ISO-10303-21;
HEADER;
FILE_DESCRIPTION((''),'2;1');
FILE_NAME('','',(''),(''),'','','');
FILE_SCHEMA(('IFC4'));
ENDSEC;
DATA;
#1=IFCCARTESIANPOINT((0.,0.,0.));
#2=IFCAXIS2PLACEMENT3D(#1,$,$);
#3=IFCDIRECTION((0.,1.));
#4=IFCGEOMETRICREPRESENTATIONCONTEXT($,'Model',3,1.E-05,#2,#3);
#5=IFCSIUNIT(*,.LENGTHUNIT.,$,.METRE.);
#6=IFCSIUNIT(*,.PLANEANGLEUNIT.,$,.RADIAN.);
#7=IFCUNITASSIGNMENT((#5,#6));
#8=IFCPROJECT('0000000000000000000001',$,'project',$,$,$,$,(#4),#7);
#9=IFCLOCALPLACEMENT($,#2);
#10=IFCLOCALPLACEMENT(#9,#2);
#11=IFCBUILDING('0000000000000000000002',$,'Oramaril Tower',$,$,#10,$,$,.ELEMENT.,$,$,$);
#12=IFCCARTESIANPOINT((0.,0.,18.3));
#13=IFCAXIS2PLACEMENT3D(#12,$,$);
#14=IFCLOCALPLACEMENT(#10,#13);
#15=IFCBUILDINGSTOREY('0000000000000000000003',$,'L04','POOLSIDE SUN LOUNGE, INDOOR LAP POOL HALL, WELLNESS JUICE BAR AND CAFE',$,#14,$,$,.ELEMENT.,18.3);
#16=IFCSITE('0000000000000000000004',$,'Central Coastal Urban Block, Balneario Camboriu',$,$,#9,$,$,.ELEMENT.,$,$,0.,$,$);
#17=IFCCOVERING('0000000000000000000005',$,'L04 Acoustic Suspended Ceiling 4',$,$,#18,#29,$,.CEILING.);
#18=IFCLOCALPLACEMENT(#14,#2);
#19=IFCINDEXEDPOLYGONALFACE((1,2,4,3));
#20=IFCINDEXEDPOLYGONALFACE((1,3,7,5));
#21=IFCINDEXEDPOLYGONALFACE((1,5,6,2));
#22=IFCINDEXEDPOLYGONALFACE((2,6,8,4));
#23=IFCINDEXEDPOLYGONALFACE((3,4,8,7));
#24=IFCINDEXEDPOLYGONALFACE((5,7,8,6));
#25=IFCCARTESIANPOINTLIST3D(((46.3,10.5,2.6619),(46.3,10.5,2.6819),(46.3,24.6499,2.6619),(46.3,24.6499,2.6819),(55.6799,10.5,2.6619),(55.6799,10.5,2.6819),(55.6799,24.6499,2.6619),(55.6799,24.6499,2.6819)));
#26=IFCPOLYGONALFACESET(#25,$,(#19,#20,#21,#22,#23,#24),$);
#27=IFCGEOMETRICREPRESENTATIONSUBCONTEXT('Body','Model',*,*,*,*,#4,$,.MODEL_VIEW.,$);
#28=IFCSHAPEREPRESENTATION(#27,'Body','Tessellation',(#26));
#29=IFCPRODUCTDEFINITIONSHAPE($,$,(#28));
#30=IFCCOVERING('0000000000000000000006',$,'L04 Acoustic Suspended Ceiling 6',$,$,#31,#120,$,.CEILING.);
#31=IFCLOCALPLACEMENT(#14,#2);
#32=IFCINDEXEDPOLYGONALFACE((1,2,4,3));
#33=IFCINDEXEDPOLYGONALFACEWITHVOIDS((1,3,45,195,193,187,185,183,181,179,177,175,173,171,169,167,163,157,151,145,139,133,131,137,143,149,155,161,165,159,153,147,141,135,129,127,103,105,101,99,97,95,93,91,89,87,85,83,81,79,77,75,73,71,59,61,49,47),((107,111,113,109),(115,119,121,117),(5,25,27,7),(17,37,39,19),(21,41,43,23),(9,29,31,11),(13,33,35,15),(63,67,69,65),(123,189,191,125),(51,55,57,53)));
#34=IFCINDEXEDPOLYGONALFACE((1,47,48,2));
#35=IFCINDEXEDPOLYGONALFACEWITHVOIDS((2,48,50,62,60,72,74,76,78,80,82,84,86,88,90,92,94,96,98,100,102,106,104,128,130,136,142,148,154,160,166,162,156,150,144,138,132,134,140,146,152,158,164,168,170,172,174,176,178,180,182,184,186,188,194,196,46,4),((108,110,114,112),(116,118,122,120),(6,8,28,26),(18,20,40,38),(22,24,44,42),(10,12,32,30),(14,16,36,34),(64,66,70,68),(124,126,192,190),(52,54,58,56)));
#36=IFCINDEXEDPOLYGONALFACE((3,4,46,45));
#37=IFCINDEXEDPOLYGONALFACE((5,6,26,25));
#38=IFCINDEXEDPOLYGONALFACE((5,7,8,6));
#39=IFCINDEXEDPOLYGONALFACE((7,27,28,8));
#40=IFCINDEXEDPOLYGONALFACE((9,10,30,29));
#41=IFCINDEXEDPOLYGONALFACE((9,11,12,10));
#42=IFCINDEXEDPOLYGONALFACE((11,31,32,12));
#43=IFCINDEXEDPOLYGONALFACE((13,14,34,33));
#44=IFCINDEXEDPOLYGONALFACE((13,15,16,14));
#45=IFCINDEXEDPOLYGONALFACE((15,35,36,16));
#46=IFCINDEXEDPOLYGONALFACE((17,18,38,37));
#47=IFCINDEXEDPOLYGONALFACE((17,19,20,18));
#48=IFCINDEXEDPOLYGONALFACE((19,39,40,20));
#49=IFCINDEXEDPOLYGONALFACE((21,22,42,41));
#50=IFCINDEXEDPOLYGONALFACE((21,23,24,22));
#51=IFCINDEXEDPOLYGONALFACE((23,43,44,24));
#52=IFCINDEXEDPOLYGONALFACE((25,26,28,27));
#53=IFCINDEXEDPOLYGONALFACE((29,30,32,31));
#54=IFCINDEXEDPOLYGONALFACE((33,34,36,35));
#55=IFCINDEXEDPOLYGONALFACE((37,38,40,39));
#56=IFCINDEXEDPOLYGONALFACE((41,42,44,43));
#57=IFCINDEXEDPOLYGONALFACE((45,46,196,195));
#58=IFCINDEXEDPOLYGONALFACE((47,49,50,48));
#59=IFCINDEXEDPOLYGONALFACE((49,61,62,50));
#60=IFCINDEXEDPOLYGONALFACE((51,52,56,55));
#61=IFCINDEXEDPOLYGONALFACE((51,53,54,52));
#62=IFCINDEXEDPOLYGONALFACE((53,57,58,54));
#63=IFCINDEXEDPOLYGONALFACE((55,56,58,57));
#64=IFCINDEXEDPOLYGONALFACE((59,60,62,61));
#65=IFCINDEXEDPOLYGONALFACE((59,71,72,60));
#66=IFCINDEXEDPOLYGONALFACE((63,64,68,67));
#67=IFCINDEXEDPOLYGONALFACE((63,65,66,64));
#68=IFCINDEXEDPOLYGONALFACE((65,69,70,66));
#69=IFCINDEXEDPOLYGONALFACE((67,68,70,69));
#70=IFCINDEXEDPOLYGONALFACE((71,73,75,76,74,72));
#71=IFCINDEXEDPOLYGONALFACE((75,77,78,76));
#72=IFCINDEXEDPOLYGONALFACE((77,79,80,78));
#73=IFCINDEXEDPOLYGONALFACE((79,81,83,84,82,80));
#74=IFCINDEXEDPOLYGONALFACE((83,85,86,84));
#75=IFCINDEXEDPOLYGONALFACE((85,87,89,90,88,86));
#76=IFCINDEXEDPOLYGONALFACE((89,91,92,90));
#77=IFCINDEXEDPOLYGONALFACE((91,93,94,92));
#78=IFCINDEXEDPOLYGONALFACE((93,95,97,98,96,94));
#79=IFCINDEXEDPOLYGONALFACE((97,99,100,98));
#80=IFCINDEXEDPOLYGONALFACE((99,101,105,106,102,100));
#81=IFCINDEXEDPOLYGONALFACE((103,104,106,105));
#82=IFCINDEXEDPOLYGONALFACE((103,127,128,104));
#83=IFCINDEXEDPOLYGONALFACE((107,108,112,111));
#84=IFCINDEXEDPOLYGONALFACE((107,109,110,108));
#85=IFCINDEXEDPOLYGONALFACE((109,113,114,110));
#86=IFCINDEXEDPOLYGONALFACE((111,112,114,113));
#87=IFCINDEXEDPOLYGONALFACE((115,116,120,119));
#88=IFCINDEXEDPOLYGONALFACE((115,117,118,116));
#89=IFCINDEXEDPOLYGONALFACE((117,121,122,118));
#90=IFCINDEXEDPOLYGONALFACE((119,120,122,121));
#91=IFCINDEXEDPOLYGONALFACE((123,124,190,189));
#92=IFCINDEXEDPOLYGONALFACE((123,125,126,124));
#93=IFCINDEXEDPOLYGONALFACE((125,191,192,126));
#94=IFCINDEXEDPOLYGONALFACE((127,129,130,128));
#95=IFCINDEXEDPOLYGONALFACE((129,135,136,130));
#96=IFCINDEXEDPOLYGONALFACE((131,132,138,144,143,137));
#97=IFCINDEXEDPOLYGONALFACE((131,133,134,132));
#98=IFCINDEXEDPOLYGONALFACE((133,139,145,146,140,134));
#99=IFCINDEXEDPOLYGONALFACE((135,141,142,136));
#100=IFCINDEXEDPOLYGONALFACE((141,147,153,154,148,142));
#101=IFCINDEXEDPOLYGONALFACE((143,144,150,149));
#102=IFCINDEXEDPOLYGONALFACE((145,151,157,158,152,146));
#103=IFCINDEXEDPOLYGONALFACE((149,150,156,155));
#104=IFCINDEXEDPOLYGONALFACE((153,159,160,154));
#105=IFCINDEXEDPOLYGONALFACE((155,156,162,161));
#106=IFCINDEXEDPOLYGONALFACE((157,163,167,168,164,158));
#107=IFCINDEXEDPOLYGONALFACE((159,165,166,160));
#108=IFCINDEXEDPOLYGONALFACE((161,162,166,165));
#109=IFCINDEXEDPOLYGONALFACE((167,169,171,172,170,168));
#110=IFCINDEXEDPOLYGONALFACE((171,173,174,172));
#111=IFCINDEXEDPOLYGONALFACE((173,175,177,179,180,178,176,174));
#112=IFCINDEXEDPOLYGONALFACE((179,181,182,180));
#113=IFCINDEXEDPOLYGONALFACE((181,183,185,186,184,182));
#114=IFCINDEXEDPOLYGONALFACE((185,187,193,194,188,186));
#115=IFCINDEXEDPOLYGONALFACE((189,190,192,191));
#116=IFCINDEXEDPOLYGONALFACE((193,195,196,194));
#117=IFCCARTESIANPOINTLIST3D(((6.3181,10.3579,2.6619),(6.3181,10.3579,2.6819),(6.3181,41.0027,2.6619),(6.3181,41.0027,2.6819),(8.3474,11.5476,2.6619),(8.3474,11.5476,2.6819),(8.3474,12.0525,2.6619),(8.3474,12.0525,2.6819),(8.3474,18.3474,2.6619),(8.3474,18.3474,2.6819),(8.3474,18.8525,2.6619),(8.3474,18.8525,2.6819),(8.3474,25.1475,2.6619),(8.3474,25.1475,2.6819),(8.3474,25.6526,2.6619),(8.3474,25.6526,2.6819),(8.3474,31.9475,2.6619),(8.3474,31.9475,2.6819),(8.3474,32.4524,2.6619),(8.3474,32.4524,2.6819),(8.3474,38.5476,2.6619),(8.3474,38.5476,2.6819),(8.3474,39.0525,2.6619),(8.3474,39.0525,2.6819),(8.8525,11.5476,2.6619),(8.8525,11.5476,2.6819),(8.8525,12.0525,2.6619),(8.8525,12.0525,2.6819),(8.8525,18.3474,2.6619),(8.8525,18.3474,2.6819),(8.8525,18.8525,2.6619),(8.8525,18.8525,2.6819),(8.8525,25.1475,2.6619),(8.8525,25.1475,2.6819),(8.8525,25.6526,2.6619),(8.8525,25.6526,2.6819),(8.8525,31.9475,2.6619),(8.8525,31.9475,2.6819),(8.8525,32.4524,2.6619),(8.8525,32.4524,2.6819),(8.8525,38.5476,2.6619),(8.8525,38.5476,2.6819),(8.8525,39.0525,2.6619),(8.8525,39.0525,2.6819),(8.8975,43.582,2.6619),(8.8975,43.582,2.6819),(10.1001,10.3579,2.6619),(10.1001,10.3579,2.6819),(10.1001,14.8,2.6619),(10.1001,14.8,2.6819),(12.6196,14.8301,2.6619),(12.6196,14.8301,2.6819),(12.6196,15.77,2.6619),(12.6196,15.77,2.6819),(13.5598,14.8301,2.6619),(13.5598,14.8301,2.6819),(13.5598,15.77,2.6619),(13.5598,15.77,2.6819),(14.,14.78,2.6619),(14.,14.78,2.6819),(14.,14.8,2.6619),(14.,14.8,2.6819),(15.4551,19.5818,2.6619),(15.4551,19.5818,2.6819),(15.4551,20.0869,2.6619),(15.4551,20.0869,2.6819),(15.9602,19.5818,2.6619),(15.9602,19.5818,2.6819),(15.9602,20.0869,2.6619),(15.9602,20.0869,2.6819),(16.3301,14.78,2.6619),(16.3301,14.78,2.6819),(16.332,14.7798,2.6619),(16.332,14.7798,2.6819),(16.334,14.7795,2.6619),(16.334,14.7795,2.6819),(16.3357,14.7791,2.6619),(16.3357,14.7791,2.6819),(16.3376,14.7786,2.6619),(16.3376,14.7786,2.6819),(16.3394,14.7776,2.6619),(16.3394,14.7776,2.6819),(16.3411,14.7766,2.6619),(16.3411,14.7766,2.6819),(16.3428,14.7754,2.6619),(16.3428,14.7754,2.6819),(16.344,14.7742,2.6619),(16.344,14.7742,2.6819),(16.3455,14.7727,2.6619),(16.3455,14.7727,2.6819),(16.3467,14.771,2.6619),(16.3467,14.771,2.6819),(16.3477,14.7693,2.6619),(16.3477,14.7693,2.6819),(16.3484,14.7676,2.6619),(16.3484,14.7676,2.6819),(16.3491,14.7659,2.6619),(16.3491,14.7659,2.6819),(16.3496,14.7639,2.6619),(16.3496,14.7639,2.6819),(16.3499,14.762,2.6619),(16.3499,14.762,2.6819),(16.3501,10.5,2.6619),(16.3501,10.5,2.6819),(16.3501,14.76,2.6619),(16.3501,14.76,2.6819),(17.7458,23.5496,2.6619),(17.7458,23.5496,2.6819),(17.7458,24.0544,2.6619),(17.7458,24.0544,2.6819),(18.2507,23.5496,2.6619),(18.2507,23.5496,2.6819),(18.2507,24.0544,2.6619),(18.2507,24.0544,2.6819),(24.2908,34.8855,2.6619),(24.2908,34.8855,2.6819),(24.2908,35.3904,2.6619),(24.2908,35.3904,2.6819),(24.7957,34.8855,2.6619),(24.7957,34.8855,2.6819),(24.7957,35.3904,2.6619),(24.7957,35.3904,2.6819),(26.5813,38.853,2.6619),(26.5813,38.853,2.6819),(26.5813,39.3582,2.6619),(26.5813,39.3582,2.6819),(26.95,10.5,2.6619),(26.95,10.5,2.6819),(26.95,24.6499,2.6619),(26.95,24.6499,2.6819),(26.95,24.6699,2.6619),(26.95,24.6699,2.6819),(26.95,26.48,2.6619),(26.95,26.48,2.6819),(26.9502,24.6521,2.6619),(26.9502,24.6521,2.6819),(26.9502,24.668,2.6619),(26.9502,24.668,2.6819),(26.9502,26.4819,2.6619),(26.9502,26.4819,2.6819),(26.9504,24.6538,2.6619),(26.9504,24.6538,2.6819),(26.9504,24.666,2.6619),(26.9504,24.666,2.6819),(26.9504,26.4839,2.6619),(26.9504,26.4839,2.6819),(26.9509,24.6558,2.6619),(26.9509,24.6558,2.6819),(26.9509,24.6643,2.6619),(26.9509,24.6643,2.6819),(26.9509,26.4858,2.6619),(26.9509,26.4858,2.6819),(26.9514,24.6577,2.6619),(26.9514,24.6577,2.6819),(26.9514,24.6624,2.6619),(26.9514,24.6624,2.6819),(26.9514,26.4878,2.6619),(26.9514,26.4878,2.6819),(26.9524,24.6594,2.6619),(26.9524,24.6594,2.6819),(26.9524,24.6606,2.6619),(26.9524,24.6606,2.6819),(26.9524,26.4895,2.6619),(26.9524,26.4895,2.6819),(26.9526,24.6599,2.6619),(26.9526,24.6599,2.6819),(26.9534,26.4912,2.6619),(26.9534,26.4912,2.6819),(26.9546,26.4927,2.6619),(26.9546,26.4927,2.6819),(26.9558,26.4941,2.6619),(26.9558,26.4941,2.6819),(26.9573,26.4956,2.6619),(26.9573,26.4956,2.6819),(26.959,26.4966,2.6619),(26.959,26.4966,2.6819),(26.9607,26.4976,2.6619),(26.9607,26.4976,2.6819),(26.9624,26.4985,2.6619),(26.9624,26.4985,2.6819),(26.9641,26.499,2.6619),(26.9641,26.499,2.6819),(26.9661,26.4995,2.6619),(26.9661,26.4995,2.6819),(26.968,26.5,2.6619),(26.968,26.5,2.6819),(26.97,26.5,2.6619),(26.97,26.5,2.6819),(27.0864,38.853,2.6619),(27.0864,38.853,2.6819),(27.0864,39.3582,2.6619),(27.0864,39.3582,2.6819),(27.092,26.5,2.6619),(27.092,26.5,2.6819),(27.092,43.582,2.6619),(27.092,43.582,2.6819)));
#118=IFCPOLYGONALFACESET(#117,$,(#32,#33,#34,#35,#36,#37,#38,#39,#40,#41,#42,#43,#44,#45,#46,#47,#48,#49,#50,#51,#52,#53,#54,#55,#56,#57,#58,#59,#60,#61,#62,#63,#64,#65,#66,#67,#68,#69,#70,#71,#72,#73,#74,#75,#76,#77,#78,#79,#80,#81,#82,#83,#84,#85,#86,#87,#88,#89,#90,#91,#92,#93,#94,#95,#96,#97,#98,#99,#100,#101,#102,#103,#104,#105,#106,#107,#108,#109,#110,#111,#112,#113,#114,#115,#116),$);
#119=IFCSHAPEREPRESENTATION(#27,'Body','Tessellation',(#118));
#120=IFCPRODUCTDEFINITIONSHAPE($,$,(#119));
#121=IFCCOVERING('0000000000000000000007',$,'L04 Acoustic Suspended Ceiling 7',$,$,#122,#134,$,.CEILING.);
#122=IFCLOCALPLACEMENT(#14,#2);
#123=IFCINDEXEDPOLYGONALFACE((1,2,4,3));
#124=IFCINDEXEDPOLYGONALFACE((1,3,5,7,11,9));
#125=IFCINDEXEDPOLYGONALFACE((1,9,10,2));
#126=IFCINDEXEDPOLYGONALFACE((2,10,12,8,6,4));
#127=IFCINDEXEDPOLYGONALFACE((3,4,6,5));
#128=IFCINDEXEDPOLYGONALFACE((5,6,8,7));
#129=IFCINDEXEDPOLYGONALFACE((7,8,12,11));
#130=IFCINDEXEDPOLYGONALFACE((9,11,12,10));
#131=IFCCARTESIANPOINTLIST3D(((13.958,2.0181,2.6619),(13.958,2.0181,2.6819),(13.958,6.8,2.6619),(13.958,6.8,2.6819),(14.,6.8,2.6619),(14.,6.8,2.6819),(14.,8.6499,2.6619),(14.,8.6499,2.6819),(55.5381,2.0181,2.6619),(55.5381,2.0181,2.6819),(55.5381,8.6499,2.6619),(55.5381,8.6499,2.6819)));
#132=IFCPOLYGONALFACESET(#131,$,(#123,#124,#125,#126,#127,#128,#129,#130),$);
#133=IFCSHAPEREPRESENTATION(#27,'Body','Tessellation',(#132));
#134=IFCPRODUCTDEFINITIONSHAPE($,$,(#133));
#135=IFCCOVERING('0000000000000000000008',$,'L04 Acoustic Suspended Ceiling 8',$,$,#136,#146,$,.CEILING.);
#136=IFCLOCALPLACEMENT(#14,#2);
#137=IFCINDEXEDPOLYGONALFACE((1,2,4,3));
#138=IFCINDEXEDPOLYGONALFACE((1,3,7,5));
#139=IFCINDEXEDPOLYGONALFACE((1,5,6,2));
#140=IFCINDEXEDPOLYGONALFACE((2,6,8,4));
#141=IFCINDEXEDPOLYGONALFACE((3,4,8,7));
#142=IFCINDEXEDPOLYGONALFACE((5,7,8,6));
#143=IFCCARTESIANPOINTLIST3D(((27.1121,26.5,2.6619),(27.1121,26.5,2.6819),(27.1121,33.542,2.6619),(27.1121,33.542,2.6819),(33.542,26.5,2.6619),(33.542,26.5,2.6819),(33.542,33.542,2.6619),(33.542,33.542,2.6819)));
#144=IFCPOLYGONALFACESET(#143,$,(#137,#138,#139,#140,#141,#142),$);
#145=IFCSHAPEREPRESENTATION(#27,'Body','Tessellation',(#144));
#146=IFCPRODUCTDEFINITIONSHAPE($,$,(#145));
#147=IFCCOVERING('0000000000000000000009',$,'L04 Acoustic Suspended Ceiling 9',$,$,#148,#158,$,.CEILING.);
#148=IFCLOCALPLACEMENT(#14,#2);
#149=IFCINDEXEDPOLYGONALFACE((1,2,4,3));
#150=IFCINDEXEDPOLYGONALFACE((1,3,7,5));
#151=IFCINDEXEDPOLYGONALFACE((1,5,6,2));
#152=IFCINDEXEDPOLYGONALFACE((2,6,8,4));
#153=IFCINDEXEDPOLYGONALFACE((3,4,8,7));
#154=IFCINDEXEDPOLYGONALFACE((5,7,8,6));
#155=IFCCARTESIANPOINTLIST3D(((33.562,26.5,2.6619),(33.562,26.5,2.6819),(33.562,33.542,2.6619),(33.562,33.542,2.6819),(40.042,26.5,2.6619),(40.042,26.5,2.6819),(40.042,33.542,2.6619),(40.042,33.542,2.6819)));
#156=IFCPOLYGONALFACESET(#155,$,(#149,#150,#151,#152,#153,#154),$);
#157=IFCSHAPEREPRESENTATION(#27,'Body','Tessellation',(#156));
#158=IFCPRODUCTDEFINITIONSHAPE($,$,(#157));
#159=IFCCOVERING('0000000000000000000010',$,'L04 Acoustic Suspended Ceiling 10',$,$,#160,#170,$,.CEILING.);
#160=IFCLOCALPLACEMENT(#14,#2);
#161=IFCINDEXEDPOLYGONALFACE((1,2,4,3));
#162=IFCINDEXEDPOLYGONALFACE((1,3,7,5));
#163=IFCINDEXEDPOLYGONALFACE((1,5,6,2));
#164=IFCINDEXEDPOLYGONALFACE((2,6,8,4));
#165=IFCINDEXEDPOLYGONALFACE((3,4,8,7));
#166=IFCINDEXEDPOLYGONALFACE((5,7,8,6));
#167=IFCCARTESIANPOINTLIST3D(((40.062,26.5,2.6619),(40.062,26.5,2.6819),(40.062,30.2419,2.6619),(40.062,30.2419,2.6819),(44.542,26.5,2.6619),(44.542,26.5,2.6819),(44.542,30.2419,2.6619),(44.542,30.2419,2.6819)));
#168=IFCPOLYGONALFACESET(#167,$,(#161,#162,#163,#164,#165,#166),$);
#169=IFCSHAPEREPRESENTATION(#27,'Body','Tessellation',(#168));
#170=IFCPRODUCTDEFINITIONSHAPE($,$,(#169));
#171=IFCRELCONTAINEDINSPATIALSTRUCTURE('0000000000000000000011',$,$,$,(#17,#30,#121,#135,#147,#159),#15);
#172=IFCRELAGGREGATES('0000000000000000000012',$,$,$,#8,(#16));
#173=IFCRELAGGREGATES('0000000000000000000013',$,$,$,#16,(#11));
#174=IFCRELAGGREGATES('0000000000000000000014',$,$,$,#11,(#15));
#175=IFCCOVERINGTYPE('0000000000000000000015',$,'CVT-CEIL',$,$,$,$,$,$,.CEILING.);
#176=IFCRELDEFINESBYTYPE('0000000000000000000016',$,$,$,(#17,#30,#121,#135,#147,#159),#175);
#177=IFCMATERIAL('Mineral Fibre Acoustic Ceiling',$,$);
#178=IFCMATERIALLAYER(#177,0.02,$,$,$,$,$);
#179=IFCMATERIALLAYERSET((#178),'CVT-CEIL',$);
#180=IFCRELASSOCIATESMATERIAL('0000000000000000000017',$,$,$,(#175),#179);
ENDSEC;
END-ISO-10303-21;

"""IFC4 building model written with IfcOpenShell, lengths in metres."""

from ifc_helpers import new_model, si_unit, direction, frame, origin, place, context, subcontext, project, spatial, polyline, outline, extrude, material, layer, layer_set, type_object, element, save


model = new_model("IFC4")

# Units and contexts
model_context = context("Model", 3, precision=1e-05, world=origin(), true_north=direction((0.0, 1.0)))
body_context = subcontext(model_context, "Body", "Model", "MODEL_VIEW")
ifc_project = project(units=[si_unit("LENGTHUNIT", "METRE"), si_unit("PLANEANGLEUNIT", "RADIAN")], contexts=[model_context])

# Site, building, storey
site_placement = place(None, origin())
site = spatial("IfcSite", under=ifc_project, at=site_placement, Name="Central Coastal Urban Block, Balneario Camboriu", CompositionType="ELEMENT", RefElevation=0.0)
building_placement = place(site_placement, origin())
building = spatial("IfcBuilding", under=site, at=building_placement, Name="Oramaril Tower", CompositionType="ELEMENT")
storey_placement = place(building_placement, frame((0.0, 0.0, 18.3)))
storey = spatial("IfcBuildingStorey", under=building, at=storey_placement, Name="L04", Description="POOLSIDE SUN LOUNGE, INDOOR LAP POOL HALL, WELLNESS JUICE BAR AND CAFE", CompositionType="ELEMENT", Elevation=18.3)

# Coverings
ifc_material_1 = material(Name="Mineral Fibre Acoustic Ceiling")
ifc_layer_1 = layer(ifc_material_1, 0.02)
ifc_layer_set_1 = layer_set([ifc_layer_1], Name="CVT-CEIL")
covering_type_1 = type_object("IfcCoveringType", Name="CVT-CEIL", PredefinedType="CEILING", material=ifc_layer_set_1)
covering_1_placement = place(storey_placement, frame((0.0, 0.0, 2.6619)))
element("IfcCovering", 1, at=covering_1_placement, inside=storey, type_object=covering_type_1, Name="L04 Acoustic Suspended Ceiling 4", PredefinedType="CEILING", context=body_context, shape_type="SweptSolid", body=[
    extrude(outline(polyline([(55.6799, 10.5), (46.3, 10.5), (46.3, 24.6499), (55.6799, 24.6499), (55.6799, 10.5)])), origin(), (0.0, 0.0, 1.0), 0.02),
])
covering_2_placement = place(storey_placement, frame((0.0, 0.0, 2.6619)))
element("IfcCovering", 2, at=covering_2_placement, inside=storey, type_object=covering_type_1, Name="L04 Acoustic Suspended Ceiling 6", PredefinedType="CEILING", context=body_context, shape_type="SweptSolid", body=[
    extrude(outline(polyline([(27.092, 43.582), (27.092, 26.5), (26.97, 26.5), (26.968, 26.5), (26.9661, 26.4995), (26.9641, 26.499), (26.9624, 26.4985), (26.9607, 26.4976), (26.959, 26.4966), (26.9573, 26.4956), (26.9558, 26.4941), (26.9546, 26.4927), (26.9534, 26.4912), (26.9524, 26.4895), (26.9514, 26.4878), (26.9509, 26.4858), (26.9504, 26.4839), (26.9502, 26.4819), (26.95, 26.48), (26.95, 24.6699), (26.9502, 24.668), (26.9504, 24.666), (26.9509, 24.6643), (26.9514, 24.6624), (26.9524, 24.6606), (26.9526, 24.6599), (26.9524, 24.6594), (26.9514, 24.6577), (26.9509, 24.6558), (26.9504, 24.6538), (26.9502, 24.6521), (26.95, 24.6499), (26.95, 10.5), (16.3501, 10.5), (16.3501, 14.76), (16.3499, 14.762), (16.3496, 14.7639), (16.3491, 14.7659), (16.3484, 14.7676), (16.3477, 14.7693), (16.3467, 14.771), (16.3455, 14.7727), (16.344, 14.7742), (16.3428, 14.7754), (16.3411, 14.7766), (16.3394, 14.7776), (16.3376, 14.7786), (16.3357, 14.7791), (16.334, 14.7795), (16.332, 14.7798), (16.3301, 14.78), (14.0, 14.78), (14.0, 14.8), (10.1001, 14.8), (10.1001, 10.3579), (6.3181, 10.3579), (6.3181, 41.0027), (8.8975, 43.582), (27.092, 43.582)]), holes=[polyline([(8.8525, 12.0525), (8.3474, 12.0525), (8.3474, 11.5476), (8.8525, 11.5476), (8.8525, 12.0525)]), polyline([(13.5598, 15.77), (12.6196, 15.77), (12.6196, 14.8301), (13.5598, 14.8301), (13.5598, 15.77)]), polyline([(8.8525, 18.8525), (8.3474, 18.8525), (8.3474, 18.3474), (8.8525, 18.3474), (8.8525, 18.8525)]), polyline([(15.9602, 19.5818), (15.9602, 20.0869), (15.4551, 20.0869), (15.4551, 19.5818), (15.9602, 19.5818)]), polyline([(18.2507, 23.5496), (18.2507, 24.0544), (17.7458, 24.0544), (17.7458, 23.5496), (18.2507, 23.5496)]), polyline([(8.8525, 25.6526), (8.3474, 25.6526), (8.3474, 25.1475), (8.8525, 25.1475), (8.8525, 25.6526)]), polyline([(8.8525, 32.4524), (8.3474, 32.4524), (8.3474, 31.9475), (8.8525, 31.9475), (8.8525, 32.4524)]), polyline([(24.7957, 35.3904), (24.2908, 35.3904), (24.2908, 34.8855), (24.7957, 34.8855), (24.7957, 35.3904)]), polyline([(8.8525, 38.5476), (8.8525, 39.0525), (8.3474, 39.0525), (8.3474, 38.5476), (8.8525, 38.5476)]), polyline([(27.0864, 38.853), (27.0864, 39.3582), (26.5813, 39.3582), (26.5813, 38.853), (27.0864, 38.853)])]), origin(), (0.0, 0.0, 1.0), 0.02),
])
covering_3_placement = place(storey_placement, frame((0.0, 0.0, 2.6619)))
element("IfcCovering", 3, at=covering_3_placement, inside=storey, type_object=covering_type_1, Name="L04 Acoustic Suspended Ceiling 7", PredefinedType="CEILING", context=body_context, shape_type="SweptSolid", body=[
    extrude(outline(polyline([(13.958, 2.0181), (13.958, 6.8), (14.0, 6.8), (14.0, 8.6499), (55.5381, 8.6499), (55.5381, 2.0181), (13.958, 2.0181)])), origin(), (0.0, 0.0, 1.0), 0.02),
])
covering_4_placement = place(storey_placement, frame((0.0, 0.0, 2.6619)))
element("IfcCovering", 4, at=covering_4_placement, inside=storey, type_object=covering_type_1, Name="L04 Acoustic Suspended Ceiling 8", PredefinedType="CEILING", context=body_context, shape_type="SweptSolid", body=[
    extrude(outline(polyline([(33.542, 33.542), (33.542, 26.5), (27.1121, 26.5), (27.1121, 33.542), (33.542, 33.542)])), origin(), (0.0, 0.0, 1.0), 0.02),
])
covering_5_placement = place(storey_placement, frame((0.0, 0.0, 2.6619)))
element("IfcCovering", 5, at=covering_5_placement, inside=storey, type_object=covering_type_1, Name="L04 Acoustic Suspended Ceiling 9", PredefinedType="CEILING", context=body_context, shape_type="SweptSolid", body=[
    extrude(outline(polyline([(40.042, 26.5), (33.562, 26.5), (33.562, 33.542), (40.042, 33.542), (40.042, 26.5)])), origin(), (0.0, 0.0, 1.0), 0.02),
])
covering_6_placement = place(storey_placement, frame((0.0, 0.0, 2.6619)))
element("IfcCovering", 6, at=covering_6_placement, inside=storey, type_object=covering_type_1, Name="L04 Acoustic Suspended Ceiling 10", PredefinedType="CEILING", context=body_context, shape_type="SweptSolid", body=[
    extrude(outline(polyline([(44.542, 30.2419), (44.542, 26.5), (40.062, 26.5), (40.062, 30.2419), (44.542, 30.2419)])), origin(), (0.0, 0.0, 1.0), 0.02),
])

save(model, "model.ifc")
